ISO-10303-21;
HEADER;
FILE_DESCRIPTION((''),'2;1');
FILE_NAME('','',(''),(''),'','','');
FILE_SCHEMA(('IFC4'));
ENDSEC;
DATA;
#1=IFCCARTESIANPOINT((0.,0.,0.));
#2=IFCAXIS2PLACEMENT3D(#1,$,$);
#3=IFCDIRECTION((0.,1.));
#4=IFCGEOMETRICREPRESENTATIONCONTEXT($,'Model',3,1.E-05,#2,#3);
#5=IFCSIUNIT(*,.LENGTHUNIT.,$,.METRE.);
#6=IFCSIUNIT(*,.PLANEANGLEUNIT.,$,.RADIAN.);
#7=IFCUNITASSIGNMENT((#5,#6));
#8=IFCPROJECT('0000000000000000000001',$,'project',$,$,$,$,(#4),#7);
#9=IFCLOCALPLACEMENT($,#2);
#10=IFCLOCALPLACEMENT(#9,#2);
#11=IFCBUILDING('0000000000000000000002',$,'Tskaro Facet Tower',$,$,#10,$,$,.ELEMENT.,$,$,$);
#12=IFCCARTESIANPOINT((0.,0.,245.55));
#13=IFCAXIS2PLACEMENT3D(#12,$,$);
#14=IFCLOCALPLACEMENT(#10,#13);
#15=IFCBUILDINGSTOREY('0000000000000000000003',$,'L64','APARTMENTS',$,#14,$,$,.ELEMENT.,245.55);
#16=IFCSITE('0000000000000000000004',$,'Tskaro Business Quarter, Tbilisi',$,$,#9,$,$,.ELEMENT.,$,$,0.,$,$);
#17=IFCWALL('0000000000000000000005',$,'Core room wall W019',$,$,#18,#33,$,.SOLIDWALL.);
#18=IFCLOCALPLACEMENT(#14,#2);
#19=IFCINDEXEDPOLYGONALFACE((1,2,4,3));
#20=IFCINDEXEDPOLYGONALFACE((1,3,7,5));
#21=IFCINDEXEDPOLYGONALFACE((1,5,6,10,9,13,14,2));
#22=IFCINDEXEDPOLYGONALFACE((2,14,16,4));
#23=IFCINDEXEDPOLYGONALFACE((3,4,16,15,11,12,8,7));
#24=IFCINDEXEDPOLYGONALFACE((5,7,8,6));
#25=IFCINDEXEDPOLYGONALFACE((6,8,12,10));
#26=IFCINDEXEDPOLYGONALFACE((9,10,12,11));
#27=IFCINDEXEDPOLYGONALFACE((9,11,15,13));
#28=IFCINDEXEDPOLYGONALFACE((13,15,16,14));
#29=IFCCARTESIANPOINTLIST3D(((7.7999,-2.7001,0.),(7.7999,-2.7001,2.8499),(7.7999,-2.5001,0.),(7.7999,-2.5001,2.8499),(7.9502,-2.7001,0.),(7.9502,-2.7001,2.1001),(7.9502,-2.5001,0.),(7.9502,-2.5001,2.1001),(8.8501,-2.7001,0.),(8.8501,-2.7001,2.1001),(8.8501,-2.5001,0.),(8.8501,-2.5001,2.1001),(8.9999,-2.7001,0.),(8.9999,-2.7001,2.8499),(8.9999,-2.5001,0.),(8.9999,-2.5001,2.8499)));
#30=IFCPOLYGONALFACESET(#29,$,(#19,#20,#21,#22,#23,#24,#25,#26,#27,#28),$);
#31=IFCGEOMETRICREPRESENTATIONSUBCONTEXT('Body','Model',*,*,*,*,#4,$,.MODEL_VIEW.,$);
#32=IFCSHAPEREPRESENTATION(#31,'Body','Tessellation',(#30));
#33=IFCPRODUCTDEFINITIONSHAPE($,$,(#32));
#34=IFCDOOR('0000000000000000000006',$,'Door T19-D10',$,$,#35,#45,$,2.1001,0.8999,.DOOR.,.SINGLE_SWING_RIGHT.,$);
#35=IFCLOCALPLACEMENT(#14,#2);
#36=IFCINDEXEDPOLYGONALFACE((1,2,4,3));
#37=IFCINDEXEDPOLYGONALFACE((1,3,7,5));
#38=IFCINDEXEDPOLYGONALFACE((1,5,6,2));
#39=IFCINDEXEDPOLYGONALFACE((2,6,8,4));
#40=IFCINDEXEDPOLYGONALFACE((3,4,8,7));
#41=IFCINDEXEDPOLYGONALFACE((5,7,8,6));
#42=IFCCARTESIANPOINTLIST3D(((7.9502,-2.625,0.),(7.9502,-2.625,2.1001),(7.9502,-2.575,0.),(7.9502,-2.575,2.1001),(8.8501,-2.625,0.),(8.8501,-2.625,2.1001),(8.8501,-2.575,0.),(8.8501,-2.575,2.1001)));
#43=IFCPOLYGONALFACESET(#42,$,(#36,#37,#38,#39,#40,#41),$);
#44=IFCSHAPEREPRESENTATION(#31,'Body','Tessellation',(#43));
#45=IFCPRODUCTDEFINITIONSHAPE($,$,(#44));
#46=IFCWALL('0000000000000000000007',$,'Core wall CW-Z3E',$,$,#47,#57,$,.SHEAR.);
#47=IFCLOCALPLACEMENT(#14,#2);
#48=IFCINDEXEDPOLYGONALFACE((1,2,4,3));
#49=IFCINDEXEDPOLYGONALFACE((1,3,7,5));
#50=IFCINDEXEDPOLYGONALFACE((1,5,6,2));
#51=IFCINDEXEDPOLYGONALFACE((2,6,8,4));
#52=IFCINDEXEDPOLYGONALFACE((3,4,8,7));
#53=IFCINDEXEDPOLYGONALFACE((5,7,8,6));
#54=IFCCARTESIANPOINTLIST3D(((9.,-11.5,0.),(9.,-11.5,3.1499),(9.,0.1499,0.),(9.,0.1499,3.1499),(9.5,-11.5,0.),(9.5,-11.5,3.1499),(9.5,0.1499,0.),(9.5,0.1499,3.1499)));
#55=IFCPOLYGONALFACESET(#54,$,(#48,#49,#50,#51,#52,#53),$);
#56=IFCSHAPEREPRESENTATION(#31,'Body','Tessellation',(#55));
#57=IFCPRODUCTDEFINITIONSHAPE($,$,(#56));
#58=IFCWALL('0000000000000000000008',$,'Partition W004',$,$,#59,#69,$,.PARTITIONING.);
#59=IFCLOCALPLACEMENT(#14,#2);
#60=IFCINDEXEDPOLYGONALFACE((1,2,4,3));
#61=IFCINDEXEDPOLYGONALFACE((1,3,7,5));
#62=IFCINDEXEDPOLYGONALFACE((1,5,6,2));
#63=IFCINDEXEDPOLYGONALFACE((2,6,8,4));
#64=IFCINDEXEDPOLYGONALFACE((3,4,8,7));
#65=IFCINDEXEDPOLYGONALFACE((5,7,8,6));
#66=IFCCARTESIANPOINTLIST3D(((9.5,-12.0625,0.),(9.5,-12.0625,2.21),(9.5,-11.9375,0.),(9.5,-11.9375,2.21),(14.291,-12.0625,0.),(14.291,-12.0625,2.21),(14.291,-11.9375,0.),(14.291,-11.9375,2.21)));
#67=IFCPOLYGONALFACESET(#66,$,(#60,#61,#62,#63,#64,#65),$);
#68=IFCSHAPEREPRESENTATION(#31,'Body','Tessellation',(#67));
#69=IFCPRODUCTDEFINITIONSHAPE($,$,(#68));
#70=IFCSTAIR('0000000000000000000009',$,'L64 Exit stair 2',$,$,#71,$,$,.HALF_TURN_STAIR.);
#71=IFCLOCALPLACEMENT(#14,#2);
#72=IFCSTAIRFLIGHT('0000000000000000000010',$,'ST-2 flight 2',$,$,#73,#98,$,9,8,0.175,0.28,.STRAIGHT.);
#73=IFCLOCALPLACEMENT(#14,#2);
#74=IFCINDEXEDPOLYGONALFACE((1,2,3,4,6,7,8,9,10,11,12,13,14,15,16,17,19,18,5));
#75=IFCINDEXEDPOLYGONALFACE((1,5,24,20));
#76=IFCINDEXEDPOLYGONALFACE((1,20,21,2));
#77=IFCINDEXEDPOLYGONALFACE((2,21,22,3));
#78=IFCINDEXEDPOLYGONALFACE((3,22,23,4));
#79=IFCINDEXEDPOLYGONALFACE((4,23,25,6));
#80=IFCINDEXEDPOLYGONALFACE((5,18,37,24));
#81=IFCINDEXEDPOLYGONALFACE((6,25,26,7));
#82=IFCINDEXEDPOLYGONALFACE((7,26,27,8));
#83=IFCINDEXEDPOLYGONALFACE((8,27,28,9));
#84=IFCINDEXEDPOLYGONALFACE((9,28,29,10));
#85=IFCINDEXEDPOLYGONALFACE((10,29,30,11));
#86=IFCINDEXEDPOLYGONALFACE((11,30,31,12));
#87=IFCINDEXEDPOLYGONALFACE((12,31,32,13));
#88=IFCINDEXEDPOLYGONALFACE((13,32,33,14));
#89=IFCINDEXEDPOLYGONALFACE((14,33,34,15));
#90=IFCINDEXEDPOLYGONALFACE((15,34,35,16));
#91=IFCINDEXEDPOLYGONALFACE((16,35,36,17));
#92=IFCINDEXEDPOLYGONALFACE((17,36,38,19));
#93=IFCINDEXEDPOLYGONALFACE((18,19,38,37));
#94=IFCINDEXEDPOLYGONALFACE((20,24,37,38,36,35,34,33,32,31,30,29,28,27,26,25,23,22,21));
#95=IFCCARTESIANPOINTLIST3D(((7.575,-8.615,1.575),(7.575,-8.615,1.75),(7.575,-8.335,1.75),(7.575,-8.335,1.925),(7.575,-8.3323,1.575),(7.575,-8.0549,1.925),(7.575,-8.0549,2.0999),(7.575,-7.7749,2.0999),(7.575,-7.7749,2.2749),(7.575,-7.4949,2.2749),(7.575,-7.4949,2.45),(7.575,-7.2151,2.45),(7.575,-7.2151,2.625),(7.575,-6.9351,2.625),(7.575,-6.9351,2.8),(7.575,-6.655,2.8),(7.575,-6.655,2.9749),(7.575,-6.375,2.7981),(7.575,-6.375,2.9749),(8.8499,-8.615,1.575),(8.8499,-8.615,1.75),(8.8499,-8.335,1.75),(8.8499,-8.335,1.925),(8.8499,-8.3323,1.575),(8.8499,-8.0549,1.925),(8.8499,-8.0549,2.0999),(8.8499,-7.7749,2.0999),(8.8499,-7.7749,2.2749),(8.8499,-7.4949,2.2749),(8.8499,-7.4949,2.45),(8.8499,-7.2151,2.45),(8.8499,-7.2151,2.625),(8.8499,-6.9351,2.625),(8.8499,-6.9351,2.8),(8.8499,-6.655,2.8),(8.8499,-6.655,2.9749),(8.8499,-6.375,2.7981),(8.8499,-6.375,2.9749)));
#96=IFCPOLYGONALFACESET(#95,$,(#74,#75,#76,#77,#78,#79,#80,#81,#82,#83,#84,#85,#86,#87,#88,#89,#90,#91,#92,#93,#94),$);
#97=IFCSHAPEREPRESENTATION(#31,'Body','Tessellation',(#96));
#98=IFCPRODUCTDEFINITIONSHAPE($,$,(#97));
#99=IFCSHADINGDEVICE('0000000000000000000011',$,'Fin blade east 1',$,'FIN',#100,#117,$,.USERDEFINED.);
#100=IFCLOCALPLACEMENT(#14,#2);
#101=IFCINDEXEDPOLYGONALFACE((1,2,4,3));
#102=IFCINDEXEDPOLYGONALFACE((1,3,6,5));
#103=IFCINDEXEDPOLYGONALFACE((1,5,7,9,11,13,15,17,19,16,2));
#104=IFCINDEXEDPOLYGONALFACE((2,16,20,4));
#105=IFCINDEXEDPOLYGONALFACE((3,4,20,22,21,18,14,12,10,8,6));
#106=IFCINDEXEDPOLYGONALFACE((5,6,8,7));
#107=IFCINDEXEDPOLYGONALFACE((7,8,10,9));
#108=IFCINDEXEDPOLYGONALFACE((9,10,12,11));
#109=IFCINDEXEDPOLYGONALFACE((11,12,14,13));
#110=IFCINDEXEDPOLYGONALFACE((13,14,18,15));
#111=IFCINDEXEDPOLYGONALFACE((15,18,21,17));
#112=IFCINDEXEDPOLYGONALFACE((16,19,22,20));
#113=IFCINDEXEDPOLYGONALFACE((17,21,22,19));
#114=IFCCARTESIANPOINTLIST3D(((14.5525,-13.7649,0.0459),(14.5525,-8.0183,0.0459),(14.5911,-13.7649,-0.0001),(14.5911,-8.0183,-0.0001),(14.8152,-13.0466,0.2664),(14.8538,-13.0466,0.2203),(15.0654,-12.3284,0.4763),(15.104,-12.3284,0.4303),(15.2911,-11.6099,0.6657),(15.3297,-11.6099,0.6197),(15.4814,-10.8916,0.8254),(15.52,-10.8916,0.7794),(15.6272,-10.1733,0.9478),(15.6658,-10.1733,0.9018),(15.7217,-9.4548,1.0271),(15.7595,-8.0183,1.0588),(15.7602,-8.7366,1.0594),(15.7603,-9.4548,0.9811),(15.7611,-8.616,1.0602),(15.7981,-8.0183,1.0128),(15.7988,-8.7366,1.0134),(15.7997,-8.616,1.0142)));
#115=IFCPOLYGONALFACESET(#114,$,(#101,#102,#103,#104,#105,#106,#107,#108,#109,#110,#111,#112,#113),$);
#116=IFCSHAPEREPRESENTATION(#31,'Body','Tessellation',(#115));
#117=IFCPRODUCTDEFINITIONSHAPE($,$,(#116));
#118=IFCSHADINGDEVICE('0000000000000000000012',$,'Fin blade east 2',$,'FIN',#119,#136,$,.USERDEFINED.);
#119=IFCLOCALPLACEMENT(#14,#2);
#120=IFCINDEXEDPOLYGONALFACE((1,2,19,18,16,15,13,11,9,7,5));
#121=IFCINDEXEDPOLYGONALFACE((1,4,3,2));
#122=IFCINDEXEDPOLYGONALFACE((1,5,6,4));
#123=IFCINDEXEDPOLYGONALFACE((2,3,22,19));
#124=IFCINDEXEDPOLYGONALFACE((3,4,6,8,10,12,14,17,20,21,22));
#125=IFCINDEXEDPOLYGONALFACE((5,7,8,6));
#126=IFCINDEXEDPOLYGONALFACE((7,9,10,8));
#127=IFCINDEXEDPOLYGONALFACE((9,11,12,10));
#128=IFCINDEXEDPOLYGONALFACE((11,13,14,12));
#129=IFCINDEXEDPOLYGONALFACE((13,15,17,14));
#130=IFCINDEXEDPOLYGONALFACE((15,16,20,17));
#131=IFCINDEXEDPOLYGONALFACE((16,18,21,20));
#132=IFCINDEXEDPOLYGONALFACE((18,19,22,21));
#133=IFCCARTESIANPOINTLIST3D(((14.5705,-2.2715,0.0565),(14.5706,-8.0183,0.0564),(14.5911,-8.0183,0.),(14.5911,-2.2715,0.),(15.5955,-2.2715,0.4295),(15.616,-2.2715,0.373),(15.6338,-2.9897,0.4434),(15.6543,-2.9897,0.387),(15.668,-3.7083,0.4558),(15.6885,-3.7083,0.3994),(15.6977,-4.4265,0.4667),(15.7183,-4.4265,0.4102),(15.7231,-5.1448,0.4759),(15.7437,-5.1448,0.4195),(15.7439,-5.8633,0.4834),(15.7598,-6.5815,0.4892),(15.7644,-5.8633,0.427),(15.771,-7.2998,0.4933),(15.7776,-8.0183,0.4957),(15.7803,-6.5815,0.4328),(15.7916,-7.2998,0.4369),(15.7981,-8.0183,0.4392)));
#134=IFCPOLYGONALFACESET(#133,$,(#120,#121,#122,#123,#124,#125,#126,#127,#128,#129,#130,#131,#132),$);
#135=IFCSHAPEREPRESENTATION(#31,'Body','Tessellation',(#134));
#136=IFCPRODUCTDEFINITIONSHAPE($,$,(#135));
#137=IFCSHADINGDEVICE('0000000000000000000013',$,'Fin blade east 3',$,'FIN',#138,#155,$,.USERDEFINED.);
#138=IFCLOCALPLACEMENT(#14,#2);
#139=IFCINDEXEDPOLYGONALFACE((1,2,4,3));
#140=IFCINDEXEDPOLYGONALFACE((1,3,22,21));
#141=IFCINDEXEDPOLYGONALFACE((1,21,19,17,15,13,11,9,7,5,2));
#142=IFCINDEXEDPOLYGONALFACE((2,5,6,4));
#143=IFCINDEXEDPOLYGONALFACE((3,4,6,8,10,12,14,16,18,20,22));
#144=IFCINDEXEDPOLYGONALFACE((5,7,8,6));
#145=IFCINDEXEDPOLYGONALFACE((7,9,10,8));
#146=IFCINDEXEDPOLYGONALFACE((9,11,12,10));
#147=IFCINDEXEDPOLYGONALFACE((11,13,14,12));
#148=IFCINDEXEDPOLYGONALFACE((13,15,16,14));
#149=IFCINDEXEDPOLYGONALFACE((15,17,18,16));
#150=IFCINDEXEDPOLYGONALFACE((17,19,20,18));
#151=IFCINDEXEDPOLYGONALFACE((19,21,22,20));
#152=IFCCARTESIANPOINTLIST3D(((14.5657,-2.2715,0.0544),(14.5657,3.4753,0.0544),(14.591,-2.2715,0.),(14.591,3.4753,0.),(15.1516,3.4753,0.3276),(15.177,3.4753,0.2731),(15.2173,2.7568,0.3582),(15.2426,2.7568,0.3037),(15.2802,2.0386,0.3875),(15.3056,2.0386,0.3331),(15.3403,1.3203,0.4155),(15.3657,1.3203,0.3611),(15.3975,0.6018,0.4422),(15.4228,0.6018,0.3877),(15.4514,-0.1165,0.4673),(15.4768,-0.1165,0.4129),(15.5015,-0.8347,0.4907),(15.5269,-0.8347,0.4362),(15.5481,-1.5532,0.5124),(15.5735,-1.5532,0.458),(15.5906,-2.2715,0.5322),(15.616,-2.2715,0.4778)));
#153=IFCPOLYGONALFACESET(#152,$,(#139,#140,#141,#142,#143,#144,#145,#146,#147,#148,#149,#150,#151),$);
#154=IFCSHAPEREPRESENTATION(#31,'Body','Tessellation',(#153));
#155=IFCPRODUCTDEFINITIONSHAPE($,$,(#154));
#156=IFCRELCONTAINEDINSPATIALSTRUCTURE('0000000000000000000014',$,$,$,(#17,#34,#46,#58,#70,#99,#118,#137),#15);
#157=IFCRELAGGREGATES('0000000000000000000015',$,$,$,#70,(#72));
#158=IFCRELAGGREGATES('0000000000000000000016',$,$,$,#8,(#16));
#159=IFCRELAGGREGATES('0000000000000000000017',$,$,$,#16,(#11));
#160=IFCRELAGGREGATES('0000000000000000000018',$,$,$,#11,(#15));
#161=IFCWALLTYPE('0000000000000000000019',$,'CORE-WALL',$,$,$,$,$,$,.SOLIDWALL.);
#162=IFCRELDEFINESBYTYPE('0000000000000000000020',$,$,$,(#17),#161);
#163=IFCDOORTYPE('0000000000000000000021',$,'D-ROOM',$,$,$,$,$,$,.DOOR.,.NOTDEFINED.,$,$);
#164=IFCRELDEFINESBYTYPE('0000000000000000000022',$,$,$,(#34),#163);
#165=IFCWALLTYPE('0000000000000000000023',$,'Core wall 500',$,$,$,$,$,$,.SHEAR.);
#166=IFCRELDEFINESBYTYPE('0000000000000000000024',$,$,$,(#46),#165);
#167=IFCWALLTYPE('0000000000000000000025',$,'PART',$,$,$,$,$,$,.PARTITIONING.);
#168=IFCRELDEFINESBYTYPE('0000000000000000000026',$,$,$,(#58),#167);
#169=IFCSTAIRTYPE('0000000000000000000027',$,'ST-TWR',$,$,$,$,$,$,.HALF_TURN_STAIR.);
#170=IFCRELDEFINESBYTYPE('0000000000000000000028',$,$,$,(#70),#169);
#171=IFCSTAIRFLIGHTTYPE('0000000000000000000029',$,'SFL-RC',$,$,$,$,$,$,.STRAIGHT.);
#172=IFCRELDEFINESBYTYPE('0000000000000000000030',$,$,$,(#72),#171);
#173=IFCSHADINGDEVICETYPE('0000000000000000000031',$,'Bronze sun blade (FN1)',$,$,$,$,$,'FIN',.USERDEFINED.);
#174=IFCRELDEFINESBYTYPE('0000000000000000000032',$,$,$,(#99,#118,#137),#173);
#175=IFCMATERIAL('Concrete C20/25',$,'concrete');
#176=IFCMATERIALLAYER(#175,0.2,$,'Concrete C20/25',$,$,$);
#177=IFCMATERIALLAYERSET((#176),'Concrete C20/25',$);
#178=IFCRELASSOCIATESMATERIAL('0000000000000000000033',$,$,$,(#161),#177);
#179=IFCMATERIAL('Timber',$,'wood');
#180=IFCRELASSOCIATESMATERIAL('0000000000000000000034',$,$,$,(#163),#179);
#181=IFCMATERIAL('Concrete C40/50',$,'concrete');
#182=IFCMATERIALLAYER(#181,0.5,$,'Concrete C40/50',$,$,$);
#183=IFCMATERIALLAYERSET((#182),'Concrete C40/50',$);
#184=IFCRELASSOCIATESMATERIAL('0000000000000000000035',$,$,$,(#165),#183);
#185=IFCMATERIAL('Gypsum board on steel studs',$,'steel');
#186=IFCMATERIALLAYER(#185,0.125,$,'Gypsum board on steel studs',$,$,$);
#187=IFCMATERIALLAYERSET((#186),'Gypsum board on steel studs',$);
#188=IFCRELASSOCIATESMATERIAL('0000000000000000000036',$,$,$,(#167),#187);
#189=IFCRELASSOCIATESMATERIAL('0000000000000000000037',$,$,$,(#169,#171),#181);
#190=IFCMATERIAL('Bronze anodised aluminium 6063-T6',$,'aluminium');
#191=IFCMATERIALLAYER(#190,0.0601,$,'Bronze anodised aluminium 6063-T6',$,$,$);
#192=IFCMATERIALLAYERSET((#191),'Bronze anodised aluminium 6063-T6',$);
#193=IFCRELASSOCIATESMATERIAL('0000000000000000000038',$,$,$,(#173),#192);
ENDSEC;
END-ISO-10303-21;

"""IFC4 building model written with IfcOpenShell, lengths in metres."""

from ifc_helpers import new_model, si_unit, direction, frame, frame_2d, origin, place, context, subcontext, project, spatial, polyline, rectangle, outline, extrude, material, layer, layer_set, type_object, element, fill, aggregate, save


model = new_model("IFC4")

# Units and contexts
model_context = context("Model", 3, precision=1e-05, world=origin(), true_north=direction((0.0, 1.0)))
body_context = subcontext(model_context, "Body", "Model", "MODEL_VIEW")
ifc_project = project(units=[si_unit("LENGTHUNIT", "METRE"), si_unit("PLANEANGLEUNIT", "RADIAN")], contexts=[model_context])

# Site, building, storey
site_placement = place(None, origin())
site = spatial("IfcSite", under=ifc_project, at=site_placement, Name="Tskaro Business Quarter, Tbilisi", CompositionType="ELEMENT", RefElevation=0.0)
building_placement = place(site_placement, origin())
building = spatial("IfcBuilding", under=site, at=building_placement, Name="Tskaro Facet Tower", CompositionType="ELEMENT")
storey_placement = place(building_placement, frame((0.0, 0.0, 245.55)))
storey = spatial("IfcBuildingStorey", under=building, at=storey_placement, Name="L64", Description="APARTMENTS", CompositionType="ELEMENT", Elevation=245.55)

# Shared definitions
ifc_material_1 = material(Name="Bronze anodised aluminium 6063-T6", Category="aluminium")

# Wall, opening, door
ifc_material_2 = material(Name="Concrete C20/25", Category="concrete")
ifc_layer_1 = layer(ifc_material_2, 0.2, Name="Concrete C20/25")
ifc_layer_set_1 = layer_set([ifc_layer_1], Name="Concrete C20/25")
wall_type_1 = type_object("IfcWallType", Name="CORE-WALL", PredefinedType="SOLIDWALL", material=ifc_layer_set_1)
wall_1_placement = place(storey_placement, frame((9.0, -2.6001, 0.0), z_axis=(0.0, 0.0, 1.0), x_axis=(-1.0, 0.0, 0.0)))
wall_1 = element("IfcWall", 1, at=wall_1_placement, inside=storey, type_object=wall_type_1, Name="Core room wall W019", PredefinedType="SOLIDWALL", context=body_context, shape_type="SweptSolid", body=[
    extrude(rectangle(XDim=1.2, YDim=0.2, at=frame_2d((0.6001, 0.0))), origin(), (0.0, 0.0, 1.0), 2.8499),
])
opening_placement = place(wall_1_placement, frame((0.1499, 0.0, 0.0)))
opening = element("IfcOpeningElement", 2, at=opening_placement, cuts=wall_1, PredefinedType="OPENING", context=body_context, shape_type="SweptSolid", body=[
    extrude(rectangle(XDim=0.8999, YDim=2.1001, at=frame_2d((0.45, 1.05))), frame((0.0, 0.1099, 0.0), z_axis=(0.0, -1.0, 0.0), x_axis=(1.0, 0.0, 0.0)), (0.0, 0.0, 1.0), 0.22),
])
ifc_material_3 = material(Name="Timber", Category="wood")
door_type = type_object("IfcDoorType", Name="D-ROOM", OperationType="NOTDEFINED", PredefinedType="DOOR", material=ifc_material_3)
door_placement = place(opening_placement, origin())
door = element("IfcDoor", 3, at=door_placement, inside=storey, type_object=door_type, Name="Door T19-D10", OperationType="SINGLE_SWING_RIGHT", OverallHeight=2.1001, OverallWidth=0.8999, PredefinedType="DOOR", context=body_context, shape_type="SweptSolid", body=[
    extrude(rectangle(XDim=0.8999, YDim=2.1001, at=frame_2d((0.45, 1.05))), frame((0.0, 0.0249, 0.0), z_axis=(0.0, -1.0, 0.0), x_axis=(1.0, 0.0, 0.0)), (0.0, 0.0, 1.0), 0.05),
])
fill(opening, door)

# Walls
ifc_material_4 = material(Name="Concrete C40/50", Category="concrete")
ifc_layer_2 = layer(ifc_material_4, 0.5, Name="Concrete C40/50")
ifc_layer_set_2 = layer_set([ifc_layer_2], Name="Concrete C40/50")
wall_type_2 = type_object("IfcWallType", Name="Core wall 500", PredefinedType="SHEAR", material=ifc_layer_set_2)
wall_2_placement = place(storey_placement, frame((9.25, -11.5, 0.0), z_axis=(0.0, 0.0, 1.0), x_axis=(0.0, 1.0, 0.0)))
element("IfcWall", 4, at=wall_2_placement, inside=storey, type_object=wall_type_2, Name="Core wall CW-Z3E", PredefinedType="SHEAR", context=body_context, shape_type="SweptSolid", body=[
    extrude(rectangle(XDim=11.6499, YDim=0.5, at=frame_2d((5.825, 0.0))), origin(), (0.0, 0.0, 1.0), 3.1499),
])
ifc_material_5 = material(Name="Gypsum board on steel studs", Category="steel")
ifc_layer_3 = layer(ifc_material_5, 0.125, Name="Gypsum board on steel studs")
ifc_layer_set_3 = layer_set([ifc_layer_3], Name="Gypsum board on steel studs")
wall_type_3 = type_object("IfcWallType", Name="PART", PredefinedType="PARTITIONING", material=ifc_layer_set_3)
wall_3_placement = place(storey_placement, frame((9.5, -12.0, 0.0), z_axis=(0.0, 0.0, 1.0), x_axis=(1.0, 0.0, 0.0)))
element("IfcWall", 5, at=wall_3_placement, inside=storey, type_object=wall_type_3, Name="Partition W004", PredefinedType="PARTITIONING", context=body_context, shape_type="SweptSolid", body=[
    extrude(rectangle(XDim=4.791, YDim=0.125, at=frame_2d((2.3955, 0.0))), origin(), (0.0, 0.0, 1.0), 2.21),
])

# Stair, stair flight
stair_type = type_object("IfcStairType", Name="ST-TWR", PredefinedType="HALF_TURN_STAIR", material=ifc_material_4)
stair_placement = place(storey_placement, origin())
stair = element("IfcStair", 6, at=stair_placement, inside=storey, type_object=stair_type, Name="L64 Exit stair 2", PredefinedType="HALF_TURN_STAIR")
stair_flight_type = type_object("IfcStairFlightType", Name="SFL-RC", PredefinedType="STRAIGHT", material=ifc_material_4)
stair_flight_placement = place(storey_placement, frame((8.2124, -8.615, 1.575), z_axis=(0.0, 0.0, 1.0), x_axis=(0.0, 1.0, 0.0)))
stair_flight = element("IfcStairFlight", 7, at=stair_flight_placement, type_object=stair_flight_type, Name="ST-2 flight 2", NumberOfRisers=9, NumberOfTreads=8, PredefinedType="STRAIGHT", RiserHeight=0.175, TreadLength=0.28, context=body_context, shape_type="SweptSolid", body=[
    extrude(outline(polyline([(0.0, 0.0), (0.0, 0.175), (0.28, 0.175), (0.28, 0.3501), (0.5601, 0.3501), (0.5601, 0.5249), (0.8401, 0.5249), (0.8401, 0.7), (1.1201, 0.7), (1.1201, 0.875), (1.3999, 0.875), (1.3999, 1.05), (1.6799, 1.05), (1.6799, 1.2251), (1.96, 1.2251), (1.96, 1.3999), (2.24, 1.3999), (2.24, 1.575), (2.24, 1.2231), (0.2827, 0.0), (0.0, 0.0)])), frame((0.0, 0.6375, 0.0), z_axis=(0.0, -1.0, 0.0), x_axis=(1.0, 0.0, 0.0)), (0.0, 0.0, 1.0), 1.2749),
])
aggregate(stair, [stair_flight])

# Shading devices
ifc_layer_4 = layer(ifc_material_1, 0.0601, Name="Bronze anodised aluminium 6063-T6")
ifc_layer_set_4 = layer_set([ifc_layer_4], Name="Bronze anodised aluminium 6063-T6")
shading_device_type = type_object("IfcShadingDeviceType", Name="Bronze sun blade (FN1)", ElementType="FIN", PredefinedType="USERDEFINED", material=ifc_layer_set_4)
shading_device_1_placement = place(storey_placement, frame((14.5525, -13.7649, 0.0459), z_axis=(-0.642821, 0.0, 0.766017), x_axis=(0.0, 1.0, 0.0)))
element("IfcShadingDevice", 8, at=shading_device_1_placement, inside=storey, type_object=shading_device_type, Name="Fin blade east 1", ObjectType="FIN", PredefinedType="USERDEFINED", context=body_context, shape_type="SweptSolid", body=[
    extrude(outline(polyline([(0.0, 0.0), (5.7466, 0.0), (5.7466, -1.5757), (5.1489, -1.5778), (5.0283, -1.5766), (4.3101, -1.5264), (3.5916, -1.403), (2.8733, -1.2127), (2.155, -0.9642), (1.4365, -0.6696), (0.7183, -0.3429), (0.0, 0.0)])), origin(), (0.0, 0.0, -1.0), 0.0601),
])
shading_device_2_placement = place(storey_placement, frame((14.5706, -8.0183, 0.0564), z_axis=(-0.342001, -0.00001, 0.9397), x_axis=(-0.000003, 1.0, 0.000009)))
element("IfcShadingDevice", 9, at=shading_device_2_placement, inside=storey, type_object=shading_device_type, Name="Fin blade east 2", ObjectType="FIN", PredefinedType="USERDEFINED", context=body_context, shape_type="SweptSolid", body=[
    extrude(outline(polyline([(0.0, 0.0), (5.7468, 0.0), (5.7468, -1.0907), (5.0286, -1.1315), (4.3101, -1.1678), (3.5918, -1.1995), (2.8735, -1.2265), (2.155, -1.2486), (1.4368, -1.2655), (0.7185, -1.2775), (0.0, -1.2845), (0.0, 0.0)])), origin(), (0.0, 0.0, -1.0), 0.0601),
])
shading_device_3_placement = place(storey_placement, frame((14.5657, -2.2715, 0.0544), z_axis=(-0.42249, 0.000001, 0.906368), x_axis=(0.0, 1.0, 0.0)))
element("IfcShadingDevice", 10, at=shading_device_3_placement, inside=storey, type_object=shading_device_type, Name="Fin blade east 3", ObjectType="FIN", PredefinedType="USERDEFINED", context=body_context, shape_type="SweptSolid", body=[
    extrude(outline(polyline([(0.0, 0.0), (5.7468, 0.0), (5.7468, -0.6465), (5.0283, -0.7189), (4.3101, -0.7884), (3.5918, -0.8547), (2.8733, -0.9177), (2.155, -0.9772), (1.4368, -1.0325), (0.7183, -1.0839), (0.0, -1.1308), (0.0, 0.0)])), origin(), (0.0, 0.0, -1.0), 0.0601),
])

save(model, "model.ifc")
